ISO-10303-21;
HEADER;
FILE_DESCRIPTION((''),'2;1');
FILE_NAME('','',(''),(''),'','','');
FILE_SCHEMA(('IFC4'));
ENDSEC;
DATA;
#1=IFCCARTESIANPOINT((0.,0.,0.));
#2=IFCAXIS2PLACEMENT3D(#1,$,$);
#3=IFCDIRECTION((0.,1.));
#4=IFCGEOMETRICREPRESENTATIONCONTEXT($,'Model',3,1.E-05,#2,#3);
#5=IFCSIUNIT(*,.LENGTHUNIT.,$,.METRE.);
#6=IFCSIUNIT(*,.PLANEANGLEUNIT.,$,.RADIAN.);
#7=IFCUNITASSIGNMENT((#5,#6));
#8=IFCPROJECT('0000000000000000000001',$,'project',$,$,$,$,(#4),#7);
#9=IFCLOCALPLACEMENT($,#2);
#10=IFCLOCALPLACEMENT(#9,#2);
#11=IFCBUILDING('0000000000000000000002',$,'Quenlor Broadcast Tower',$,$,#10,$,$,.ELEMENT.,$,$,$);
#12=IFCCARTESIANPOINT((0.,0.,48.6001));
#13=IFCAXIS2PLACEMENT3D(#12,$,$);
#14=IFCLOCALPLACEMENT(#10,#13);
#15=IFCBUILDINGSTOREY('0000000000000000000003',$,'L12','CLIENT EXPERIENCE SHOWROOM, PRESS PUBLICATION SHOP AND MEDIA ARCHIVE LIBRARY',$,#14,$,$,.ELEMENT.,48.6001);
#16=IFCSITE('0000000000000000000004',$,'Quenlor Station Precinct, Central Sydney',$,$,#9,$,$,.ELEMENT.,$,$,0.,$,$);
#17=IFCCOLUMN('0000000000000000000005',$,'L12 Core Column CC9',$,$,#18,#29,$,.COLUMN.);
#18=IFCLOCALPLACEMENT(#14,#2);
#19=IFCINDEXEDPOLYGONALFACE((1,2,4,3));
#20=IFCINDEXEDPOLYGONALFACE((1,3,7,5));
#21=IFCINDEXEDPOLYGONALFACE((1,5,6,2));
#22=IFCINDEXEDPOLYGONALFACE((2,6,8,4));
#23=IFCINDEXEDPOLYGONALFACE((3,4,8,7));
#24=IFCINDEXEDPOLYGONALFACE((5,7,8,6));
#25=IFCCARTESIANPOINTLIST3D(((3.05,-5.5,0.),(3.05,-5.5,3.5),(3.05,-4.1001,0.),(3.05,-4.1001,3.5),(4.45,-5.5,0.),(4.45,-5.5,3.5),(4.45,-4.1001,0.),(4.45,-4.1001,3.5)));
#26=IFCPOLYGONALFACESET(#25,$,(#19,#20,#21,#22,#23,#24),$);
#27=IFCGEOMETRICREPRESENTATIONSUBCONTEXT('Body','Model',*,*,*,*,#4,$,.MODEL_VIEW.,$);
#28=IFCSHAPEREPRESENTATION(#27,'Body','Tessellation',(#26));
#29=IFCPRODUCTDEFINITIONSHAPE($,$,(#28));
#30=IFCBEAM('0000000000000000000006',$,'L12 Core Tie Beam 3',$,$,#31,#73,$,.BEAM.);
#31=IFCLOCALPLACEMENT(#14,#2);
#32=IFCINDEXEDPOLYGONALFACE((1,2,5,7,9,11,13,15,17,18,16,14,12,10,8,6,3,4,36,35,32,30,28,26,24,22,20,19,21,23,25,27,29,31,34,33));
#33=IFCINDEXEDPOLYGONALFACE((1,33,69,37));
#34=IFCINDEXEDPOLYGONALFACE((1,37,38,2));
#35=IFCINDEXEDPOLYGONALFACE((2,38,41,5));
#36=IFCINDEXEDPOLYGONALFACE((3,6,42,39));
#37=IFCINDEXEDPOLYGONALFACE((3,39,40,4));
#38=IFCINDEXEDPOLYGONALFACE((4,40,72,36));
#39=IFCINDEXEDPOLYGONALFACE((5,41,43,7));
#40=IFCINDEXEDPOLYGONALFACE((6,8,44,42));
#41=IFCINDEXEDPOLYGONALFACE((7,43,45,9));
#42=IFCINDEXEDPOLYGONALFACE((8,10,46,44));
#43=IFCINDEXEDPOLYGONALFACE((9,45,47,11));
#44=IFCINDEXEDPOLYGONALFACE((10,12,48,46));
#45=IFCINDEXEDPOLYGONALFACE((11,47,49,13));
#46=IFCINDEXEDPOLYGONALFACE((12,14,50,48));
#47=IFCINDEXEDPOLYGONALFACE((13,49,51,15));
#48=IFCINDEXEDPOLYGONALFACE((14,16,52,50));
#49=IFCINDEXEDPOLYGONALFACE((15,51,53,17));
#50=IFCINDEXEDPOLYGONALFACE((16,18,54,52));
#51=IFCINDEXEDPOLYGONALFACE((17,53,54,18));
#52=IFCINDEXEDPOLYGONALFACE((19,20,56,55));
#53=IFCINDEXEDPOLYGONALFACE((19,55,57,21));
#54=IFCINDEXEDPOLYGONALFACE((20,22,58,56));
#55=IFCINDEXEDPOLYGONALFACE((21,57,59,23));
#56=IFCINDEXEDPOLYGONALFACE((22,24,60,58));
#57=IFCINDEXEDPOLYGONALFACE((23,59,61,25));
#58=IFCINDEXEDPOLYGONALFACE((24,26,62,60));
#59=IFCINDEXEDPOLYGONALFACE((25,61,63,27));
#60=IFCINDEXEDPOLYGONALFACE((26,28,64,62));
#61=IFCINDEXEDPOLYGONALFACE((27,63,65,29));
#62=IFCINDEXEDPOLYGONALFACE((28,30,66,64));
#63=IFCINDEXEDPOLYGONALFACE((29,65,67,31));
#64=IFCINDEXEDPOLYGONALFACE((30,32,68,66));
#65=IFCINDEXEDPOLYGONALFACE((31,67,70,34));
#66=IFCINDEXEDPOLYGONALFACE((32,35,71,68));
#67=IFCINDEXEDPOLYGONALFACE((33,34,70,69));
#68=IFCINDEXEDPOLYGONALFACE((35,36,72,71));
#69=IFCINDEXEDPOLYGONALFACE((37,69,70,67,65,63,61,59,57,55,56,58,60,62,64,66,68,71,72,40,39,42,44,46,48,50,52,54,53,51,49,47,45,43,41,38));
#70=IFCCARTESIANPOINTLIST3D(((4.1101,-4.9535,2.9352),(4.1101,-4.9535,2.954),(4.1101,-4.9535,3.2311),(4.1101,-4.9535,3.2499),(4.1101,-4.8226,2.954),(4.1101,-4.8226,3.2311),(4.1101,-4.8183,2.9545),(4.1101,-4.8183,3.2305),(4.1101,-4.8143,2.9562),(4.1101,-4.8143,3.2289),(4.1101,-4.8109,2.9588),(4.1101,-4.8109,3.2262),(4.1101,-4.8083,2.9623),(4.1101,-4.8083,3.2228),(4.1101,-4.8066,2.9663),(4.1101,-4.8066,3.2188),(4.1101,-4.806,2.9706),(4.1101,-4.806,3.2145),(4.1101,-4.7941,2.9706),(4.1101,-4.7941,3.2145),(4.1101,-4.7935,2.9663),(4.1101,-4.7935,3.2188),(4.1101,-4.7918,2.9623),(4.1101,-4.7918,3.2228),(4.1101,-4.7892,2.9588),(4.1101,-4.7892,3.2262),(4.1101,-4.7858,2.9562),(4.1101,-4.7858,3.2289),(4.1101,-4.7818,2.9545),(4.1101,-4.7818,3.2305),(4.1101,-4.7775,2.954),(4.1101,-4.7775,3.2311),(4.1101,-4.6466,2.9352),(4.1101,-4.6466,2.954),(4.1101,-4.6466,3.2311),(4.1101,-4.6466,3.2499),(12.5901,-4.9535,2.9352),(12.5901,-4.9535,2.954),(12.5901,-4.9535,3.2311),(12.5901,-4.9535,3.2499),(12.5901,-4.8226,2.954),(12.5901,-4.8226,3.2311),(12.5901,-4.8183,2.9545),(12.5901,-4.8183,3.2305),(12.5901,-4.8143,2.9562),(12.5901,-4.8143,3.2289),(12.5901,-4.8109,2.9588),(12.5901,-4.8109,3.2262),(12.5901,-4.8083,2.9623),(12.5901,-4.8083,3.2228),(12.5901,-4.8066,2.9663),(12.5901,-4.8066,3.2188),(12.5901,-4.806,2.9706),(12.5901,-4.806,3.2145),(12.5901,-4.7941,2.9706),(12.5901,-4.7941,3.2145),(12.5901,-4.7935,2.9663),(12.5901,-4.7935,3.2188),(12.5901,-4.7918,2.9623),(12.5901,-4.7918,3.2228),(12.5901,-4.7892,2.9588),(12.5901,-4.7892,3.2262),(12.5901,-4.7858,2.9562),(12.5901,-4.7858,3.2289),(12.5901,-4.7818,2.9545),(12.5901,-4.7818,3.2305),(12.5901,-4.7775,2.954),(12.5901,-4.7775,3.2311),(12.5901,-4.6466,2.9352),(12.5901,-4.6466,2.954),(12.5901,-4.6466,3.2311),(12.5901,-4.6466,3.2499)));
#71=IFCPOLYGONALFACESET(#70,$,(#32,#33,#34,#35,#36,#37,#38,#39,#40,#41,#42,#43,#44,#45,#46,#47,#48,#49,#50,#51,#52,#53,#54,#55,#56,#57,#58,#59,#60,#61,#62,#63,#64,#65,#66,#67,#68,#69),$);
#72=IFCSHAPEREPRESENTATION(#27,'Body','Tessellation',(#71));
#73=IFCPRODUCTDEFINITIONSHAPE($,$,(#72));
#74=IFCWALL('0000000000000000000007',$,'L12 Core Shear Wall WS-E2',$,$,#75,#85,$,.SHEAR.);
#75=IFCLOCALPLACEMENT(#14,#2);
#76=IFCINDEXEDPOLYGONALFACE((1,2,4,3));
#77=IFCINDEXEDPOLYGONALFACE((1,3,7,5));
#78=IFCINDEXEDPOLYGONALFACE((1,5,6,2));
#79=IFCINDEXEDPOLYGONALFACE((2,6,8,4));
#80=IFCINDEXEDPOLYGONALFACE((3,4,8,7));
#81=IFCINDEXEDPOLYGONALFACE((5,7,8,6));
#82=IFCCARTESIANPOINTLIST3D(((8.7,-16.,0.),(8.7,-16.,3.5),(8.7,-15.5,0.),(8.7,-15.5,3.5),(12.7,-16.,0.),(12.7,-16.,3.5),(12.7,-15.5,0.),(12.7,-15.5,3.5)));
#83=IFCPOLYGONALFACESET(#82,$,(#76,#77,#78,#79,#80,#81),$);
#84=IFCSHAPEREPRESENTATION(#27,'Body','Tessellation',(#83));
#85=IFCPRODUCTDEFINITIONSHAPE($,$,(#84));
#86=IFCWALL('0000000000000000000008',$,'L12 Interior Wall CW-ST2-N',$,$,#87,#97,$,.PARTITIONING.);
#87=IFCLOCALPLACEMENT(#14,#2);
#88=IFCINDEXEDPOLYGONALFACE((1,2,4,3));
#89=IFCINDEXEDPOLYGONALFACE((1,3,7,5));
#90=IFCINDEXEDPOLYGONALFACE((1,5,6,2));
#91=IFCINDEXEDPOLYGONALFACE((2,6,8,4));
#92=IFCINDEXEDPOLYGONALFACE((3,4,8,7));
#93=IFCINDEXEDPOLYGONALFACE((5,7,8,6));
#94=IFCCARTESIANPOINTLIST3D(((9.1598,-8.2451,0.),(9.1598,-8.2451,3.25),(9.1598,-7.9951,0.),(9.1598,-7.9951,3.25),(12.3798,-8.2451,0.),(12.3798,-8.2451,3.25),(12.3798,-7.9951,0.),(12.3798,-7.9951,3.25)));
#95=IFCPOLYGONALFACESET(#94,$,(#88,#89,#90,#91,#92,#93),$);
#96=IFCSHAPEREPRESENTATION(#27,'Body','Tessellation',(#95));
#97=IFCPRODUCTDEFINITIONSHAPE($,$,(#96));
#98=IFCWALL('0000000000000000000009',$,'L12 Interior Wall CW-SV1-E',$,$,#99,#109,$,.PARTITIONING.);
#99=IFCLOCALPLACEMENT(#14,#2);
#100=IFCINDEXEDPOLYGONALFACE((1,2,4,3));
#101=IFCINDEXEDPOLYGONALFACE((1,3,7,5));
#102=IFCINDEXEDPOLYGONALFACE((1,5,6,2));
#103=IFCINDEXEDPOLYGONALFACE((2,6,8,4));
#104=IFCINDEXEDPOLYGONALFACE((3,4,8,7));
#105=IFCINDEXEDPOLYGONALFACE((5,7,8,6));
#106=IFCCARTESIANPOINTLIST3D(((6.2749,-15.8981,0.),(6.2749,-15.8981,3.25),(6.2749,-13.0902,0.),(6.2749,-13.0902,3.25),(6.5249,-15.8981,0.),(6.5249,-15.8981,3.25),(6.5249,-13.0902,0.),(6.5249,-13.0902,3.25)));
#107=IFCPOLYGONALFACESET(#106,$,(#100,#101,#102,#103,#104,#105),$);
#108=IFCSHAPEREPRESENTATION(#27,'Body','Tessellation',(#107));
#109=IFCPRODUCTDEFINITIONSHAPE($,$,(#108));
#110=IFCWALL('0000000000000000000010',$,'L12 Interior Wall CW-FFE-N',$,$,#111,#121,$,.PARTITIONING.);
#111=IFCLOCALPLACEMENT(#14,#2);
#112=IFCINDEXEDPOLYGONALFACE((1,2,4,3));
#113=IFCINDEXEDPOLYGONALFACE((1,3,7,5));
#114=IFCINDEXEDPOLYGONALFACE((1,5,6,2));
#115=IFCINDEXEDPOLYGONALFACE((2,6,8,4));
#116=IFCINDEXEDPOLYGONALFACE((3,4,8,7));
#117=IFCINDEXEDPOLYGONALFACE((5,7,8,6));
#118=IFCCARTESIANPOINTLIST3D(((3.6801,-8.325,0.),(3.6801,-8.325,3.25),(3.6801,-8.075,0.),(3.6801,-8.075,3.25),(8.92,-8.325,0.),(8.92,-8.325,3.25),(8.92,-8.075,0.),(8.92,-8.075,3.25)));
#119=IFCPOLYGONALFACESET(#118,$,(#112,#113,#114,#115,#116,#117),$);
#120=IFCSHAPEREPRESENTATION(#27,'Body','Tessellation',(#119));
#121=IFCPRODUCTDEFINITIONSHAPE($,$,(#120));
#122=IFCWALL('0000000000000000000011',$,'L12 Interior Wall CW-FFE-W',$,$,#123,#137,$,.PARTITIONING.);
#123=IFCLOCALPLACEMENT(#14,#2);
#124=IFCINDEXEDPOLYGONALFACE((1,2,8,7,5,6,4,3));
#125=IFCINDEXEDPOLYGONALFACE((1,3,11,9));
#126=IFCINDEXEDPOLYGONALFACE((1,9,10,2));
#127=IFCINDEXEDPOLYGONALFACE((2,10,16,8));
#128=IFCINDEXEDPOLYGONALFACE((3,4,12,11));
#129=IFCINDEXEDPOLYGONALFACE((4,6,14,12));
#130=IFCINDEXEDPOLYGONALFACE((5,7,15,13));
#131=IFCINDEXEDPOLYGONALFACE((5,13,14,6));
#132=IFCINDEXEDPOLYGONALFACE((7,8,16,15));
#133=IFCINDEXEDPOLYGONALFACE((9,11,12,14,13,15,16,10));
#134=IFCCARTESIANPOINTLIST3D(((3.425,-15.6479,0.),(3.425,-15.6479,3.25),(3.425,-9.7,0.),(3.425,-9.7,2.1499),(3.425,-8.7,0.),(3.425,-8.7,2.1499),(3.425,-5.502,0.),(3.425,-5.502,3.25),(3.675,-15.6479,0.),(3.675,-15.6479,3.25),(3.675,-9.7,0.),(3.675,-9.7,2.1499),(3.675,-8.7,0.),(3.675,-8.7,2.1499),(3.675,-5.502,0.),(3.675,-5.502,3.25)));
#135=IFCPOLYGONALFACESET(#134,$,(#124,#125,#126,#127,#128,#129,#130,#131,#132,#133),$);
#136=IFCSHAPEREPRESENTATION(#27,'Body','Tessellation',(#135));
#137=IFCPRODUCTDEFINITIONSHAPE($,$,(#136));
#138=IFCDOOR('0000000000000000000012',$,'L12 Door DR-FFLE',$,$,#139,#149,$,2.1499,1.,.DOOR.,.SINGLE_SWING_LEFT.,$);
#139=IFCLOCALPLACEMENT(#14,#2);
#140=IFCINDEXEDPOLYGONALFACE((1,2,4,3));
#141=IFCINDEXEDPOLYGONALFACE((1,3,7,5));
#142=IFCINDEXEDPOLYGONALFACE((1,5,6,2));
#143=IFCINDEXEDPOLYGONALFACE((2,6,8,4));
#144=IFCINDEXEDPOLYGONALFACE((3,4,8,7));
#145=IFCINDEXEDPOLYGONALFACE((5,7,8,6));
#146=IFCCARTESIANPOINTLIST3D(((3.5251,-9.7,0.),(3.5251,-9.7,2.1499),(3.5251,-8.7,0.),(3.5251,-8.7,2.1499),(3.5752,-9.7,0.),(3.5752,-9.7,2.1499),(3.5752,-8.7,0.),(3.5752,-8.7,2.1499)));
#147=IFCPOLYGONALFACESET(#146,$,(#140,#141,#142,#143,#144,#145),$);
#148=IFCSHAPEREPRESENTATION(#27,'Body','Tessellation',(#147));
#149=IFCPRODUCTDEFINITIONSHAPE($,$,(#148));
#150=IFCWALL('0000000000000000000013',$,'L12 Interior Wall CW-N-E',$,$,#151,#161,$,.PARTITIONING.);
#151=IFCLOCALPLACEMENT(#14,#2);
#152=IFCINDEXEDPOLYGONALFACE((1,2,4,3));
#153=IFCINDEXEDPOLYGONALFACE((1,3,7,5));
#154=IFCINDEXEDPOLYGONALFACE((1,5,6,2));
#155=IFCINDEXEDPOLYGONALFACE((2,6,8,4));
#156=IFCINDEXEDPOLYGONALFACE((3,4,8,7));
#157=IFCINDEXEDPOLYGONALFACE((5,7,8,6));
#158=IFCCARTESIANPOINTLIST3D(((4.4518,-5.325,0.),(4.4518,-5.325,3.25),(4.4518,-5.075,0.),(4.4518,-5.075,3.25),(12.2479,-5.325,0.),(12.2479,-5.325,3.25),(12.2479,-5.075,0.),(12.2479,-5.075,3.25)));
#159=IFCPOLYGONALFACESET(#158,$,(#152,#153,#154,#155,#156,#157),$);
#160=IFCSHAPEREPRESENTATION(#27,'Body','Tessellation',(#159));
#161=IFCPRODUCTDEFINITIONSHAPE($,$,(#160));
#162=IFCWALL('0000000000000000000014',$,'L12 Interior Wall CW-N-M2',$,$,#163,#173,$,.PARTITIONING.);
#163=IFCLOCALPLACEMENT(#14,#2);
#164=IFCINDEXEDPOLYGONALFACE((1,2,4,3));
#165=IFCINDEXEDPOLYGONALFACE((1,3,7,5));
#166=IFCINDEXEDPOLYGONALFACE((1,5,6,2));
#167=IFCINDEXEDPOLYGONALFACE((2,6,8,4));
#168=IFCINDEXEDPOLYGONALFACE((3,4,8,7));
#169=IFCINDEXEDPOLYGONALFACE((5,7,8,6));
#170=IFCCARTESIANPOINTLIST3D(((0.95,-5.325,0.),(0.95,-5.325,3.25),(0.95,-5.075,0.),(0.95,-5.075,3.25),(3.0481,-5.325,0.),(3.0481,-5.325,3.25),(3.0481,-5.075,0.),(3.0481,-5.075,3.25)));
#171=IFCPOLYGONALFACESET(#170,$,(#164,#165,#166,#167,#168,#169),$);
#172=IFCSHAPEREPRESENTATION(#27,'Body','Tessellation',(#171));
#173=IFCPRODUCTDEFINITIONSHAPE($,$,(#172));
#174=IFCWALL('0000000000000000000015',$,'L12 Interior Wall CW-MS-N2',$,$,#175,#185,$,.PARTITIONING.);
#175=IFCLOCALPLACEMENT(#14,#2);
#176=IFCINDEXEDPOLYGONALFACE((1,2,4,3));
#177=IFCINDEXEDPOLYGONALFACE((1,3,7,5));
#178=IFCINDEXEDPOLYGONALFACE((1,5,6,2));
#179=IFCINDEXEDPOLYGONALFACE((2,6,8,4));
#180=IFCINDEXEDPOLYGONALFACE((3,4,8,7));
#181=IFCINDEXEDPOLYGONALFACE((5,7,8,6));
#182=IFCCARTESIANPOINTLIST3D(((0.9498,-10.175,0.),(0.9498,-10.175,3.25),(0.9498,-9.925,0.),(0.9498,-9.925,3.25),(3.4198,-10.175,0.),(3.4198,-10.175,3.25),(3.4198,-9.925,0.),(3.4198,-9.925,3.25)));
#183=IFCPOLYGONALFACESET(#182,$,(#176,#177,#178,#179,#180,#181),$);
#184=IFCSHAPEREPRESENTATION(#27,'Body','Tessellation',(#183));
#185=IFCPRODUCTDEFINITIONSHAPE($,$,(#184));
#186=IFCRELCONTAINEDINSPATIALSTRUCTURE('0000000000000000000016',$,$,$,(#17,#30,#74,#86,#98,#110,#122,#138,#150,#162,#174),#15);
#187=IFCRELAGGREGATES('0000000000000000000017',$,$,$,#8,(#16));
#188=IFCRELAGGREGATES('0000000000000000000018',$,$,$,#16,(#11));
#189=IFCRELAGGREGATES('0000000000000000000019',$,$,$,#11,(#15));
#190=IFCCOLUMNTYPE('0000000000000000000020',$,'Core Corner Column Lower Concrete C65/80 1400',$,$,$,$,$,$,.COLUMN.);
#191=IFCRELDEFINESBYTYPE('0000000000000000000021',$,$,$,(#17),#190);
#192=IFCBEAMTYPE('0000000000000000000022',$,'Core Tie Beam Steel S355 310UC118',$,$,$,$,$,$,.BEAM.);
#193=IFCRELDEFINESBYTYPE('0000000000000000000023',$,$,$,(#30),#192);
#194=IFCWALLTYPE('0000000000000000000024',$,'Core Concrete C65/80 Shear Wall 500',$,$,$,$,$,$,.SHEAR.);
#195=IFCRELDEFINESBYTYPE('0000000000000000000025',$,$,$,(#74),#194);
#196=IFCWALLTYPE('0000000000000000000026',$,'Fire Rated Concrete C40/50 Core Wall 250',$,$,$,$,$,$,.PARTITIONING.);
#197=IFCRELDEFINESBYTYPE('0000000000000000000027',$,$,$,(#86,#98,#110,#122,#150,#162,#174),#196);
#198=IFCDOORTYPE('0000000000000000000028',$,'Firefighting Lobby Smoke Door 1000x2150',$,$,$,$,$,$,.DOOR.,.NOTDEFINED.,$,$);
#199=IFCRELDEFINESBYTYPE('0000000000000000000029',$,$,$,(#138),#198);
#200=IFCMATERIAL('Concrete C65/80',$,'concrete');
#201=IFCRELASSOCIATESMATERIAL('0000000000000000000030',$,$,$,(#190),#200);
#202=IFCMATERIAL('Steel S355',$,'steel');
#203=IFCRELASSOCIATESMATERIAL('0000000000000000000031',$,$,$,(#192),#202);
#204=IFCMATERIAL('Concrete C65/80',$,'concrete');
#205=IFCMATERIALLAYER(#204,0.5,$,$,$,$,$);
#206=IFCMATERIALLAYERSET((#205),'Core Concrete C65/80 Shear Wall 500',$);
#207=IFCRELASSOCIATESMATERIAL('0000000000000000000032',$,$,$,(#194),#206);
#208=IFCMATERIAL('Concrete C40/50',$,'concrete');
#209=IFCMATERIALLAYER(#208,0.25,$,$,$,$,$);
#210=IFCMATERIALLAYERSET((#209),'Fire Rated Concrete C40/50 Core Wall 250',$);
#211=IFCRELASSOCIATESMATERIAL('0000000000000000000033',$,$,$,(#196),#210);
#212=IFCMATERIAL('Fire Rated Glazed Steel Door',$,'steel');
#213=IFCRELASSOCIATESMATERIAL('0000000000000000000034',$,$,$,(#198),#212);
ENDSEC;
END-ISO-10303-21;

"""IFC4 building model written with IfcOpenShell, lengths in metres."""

from ifc_helpers import new_model, si_unit, direction, frame, frame_2d, origin, origin_2d, place, context, subcontext, project, spatial, rectangle, i_section, extrude, material, layer, layer_set, material_profile, profile_set, type_object, element, fill, save


model = new_model("IFC4")

# Units and contexts
model_context = context("Model", 3, precision=1e-05, world=origin(), true_north=direction((0.0, 1.0)))
body_context = subcontext(model_context, "Body", "Model", "MODEL_VIEW")
ifc_project = project(units=[si_unit("LENGTHUNIT", "METRE"), si_unit("PLANEANGLEUNIT", "RADIAN")], contexts=[model_context])

# Site, building, storey
site_placement = place(None, origin())
site = spatial("IfcSite", under=ifc_project, at=site_placement, Name="Quenlor Station Precinct, Central Sydney", CompositionType="ELEMENT", RefElevation=0.0)
building_placement = place(site_placement, origin())
building = spatial("IfcBuilding", under=site, at=building_placement, Name="Quenlor Broadcast Tower", CompositionType="ELEMENT")
storey_placement = place(building_placement, frame((0.0, 0.0, 48.6001)))
storey = spatial("IfcBuildingStorey", under=building, at=storey_placement, Name="L12", Description="CLIENT EXPERIENCE SHOWROOM, PRESS PUBLICATION SHOP AND MEDIA ARCHIVE LIBRARY", CompositionType="ELEMENT", Elevation=48.6001)

# Column
ifc_material_1 = material(Name="Concrete C65/80", Category="concrete")
ifc_material_profile_1 = material_profile(ifc_material_1, rectangle(XDim=1.3999, YDim=1.3999, at=origin_2d()))
ifc_profile_set_1 = profile_set([ifc_material_profile_1], Name="Concrete C65/80 RC1400x1400")
column_type = type_object("IfcColumnType", Name="Core Corner Column Lower Concrete C65/80 1400", PredefinedType="COLUMN", material=ifc_profile_set_1)
column_placement = place(storey_placement, frame((3.75, -4.8, 0.0), z_axis=(0.0, 0.0, 1.0), x_axis=(1.0, 0.0, 0.0)))
element("IfcColumn", 1, at=column_placement, inside=storey, type_object=column_type, Name="L12 Core Column CC9", PredefinedType="COLUMN", context=body_context, shape_type="SweptSolid", body=[
    extrude(rectangle(XDim=1.3999, YDim=1.3999, at=origin_2d()), origin(), (0.0, 0.0, 1.0), 3.5),
])

# Beam
ifc_material_2 = material(Name="Steel S355", Category="steel")
ifc_material_profile_2 = material_profile(ifc_material_2, i_section(OverallWidth=0.3069, OverallDepth=0.3147, WebThickness=0.012, FlangeThickness=0.0188, FilletRadius=0.0166, at=origin_2d()))
ifc_profile_set_2 = profile_set([ifc_material_profile_2], Name="Steel S355 310UC118")
beam_type = type_object("IfcBeamType", Name="Core Tie Beam Steel S355 310UC118", PredefinedType="BEAM", material=ifc_profile_set_2)
beam_placement = place(storey_placement, frame((4.1101, -4.8, 3.0925), z_axis=(1.0, 0.0, 0.0), x_axis=(0.0, 1.0, 0.0)))
element("IfcBeam", 2, at=beam_placement, inside=storey, type_object=beam_type, Name="L12 Core Tie Beam 3", PredefinedType="BEAM", context=body_context, shape_type="SweptSolid", body=[
    extrude(i_section(OverallWidth=0.3069, OverallDepth=0.3147, WebThickness=0.012, FlangeThickness=0.0188, FilletRadius=0.0166, at=origin_2d()), origin(), (0.0, 0.0, 1.0), 8.48),
])

# Wall
ifc_material_3 = material(Name="Concrete C65/80", Category="concrete")
ifc_layer_1 = layer(ifc_material_3, 0.5)
ifc_layer_set_1 = layer_set([ifc_layer_1], Name="Core Concrete C65/80 Shear Wall 500")
wall_type_1 = type_object("IfcWallType", Name="Core Concrete C65/80 Shear Wall 500", PredefinedType="SHEAR", material=ifc_layer_set_1)
wall_1_placement = place(storey_placement, frame((8.7, -15.75, 0.0), z_axis=(0.0, 0.0, 1.0), x_axis=(1.0, 0.0, 0.0)))
element("IfcWall", 3, at=wall_1_placement, inside=storey, type_object=wall_type_1, Name="L12 Core Shear Wall WS-E2", PredefinedType="SHEAR", context=body_context, shape_type="SweptSolid", body=[
    extrude(rectangle(XDim=4.0, YDim=0.5, at=frame_2d((2.0, 0.0))), origin(), (0.0, 0.0, 1.0), 3.5),
])

# Shared definitions
ifc_material_4 = material(Name="Concrete C40/50", Category="concrete")
ifc_layer_2 = layer(ifc_material_4, 0.25)
ifc_layer_set_2 = layer_set([ifc_layer_2], Name="Fire Rated Concrete C40/50 Core Wall 250")
wall_type_2 = type_object("IfcWallType", Name="Fire Rated Concrete C40/50 Core Wall 250", PredefinedType="PARTITIONING", material=ifc_layer_set_2)

# Wall
wall_2_placement = place(storey_placement, frame((9.1599, -8.1201, 0.0), z_axis=(0.0, 0.0, 1.0), x_axis=(1.0, 0.0, 0.0)))
element("IfcWall", 4, at=wall_2_placement, inside=storey, type_object=wall_type_2, Name="L12 Interior Wall CW-ST2-N", PredefinedType="PARTITIONING", context=body_context, shape_type="SweptSolid", body=[
    extrude(rectangle(XDim=3.22, YDim=0.25, at=frame_2d((1.6099, 0.0))), origin(), (0.0, 0.0, 1.0), 3.25),
])

# Walls
wall_3_placement = place(storey_placement, frame((6.3999, -15.8979, 0.0), z_axis=(0.0, 0.0, 1.0), x_axis=(0.0, 1.0, 0.0)))
element("IfcWall", 5, at=wall_3_placement, inside=storey, type_object=wall_type_2, Name="L12 Interior Wall CW-SV1-E", PredefinedType="PARTITIONING", context=body_context, shape_type="SweptSolid", body=[
    extrude(rectangle(XDim=2.8079, YDim=0.25, at=frame_2d((1.4038, 0.0))), origin(), (0.0, 0.0, 1.0), 3.25),
])
wall_4_placement = place(storey_placement, frame((3.6799, -8.2, 0.0), z_axis=(0.0, 0.0, 1.0), x_axis=(1.0, 0.0, 0.0)))
element("IfcWall", 6, at=wall_4_placement, inside=storey, type_object=wall_type_2, Name="L12 Interior Wall CW-FFE-N", PredefinedType="PARTITIONING", context=body_context, shape_type="SweptSolid", body=[
    extrude(rectangle(XDim=5.24, YDim=0.25, at=frame_2d((2.6201, 0.0))), origin(), (0.0, 0.0, 1.0), 3.25),
])

# Wall, opening, door
wall_5_placement = place(storey_placement, frame((3.55, -15.6479, 0.0), z_axis=(0.0, 0.0, 1.0), x_axis=(0.0, 1.0, 0.0)))
wall_5 = element("IfcWall", 7, at=wall_5_placement, inside=storey, type_object=wall_type_2, Name="L12 Interior Wall CW-FFE-W", PredefinedType="PARTITIONING", context=body_context, shape_type="SweptSolid", body=[
    extrude(rectangle(XDim=10.146, YDim=0.25, at=frame_2d((5.073, 0.0))), origin(), (0.0, 0.0, 1.0), 3.25),
])
opening_1_placement = place(wall_5_placement, frame((5.948, 0.0, 0.0)))
opening_1 = element("IfcOpeningElement", 8, at=opening_1_placement, cuts=wall_5, PredefinedType="OPENING", context=body_context, shape_type="SweptSolid", body=[
    extrude(rectangle(XDim=1.0, YDim=2.1499, at=frame_2d((0.5, 1.075))), frame((0.0, 0.135, 0.0), z_axis=(0.0, -1.0, 0.0), x_axis=(1.0, 0.0, 0.0)), (0.0, 0.0, 1.0), 0.27),
])
ifc_material_5 = material(Name="Fire Rated Glazed Steel Door", Category="steel")
door_type_1 = type_object("IfcDoorType", Name="Firefighting Lobby Smoke Door 1000x2150", OperationType="NOTDEFINED", PredefinedType="DOOR", material=ifc_material_5)
door_1_placement = place(opening_1_placement, origin())
door_1 = element("IfcDoor", 9, at=door_1_placement, inside=storey, type_object=door_type_1, Name="L12 Door DR-FFLE", OperationType="SINGLE_SWING_LEFT", OverallHeight=2.1499, OverallWidth=1.0, PredefinedType="DOOR", context=body_context, shape_type="SweptSolid", body=[
    extrude(rectangle(XDim=1.0, YDim=2.1499, at=frame_2d((0.5, 1.075))), frame((0.0, 0.0249, 0.0), z_axis=(0.0, -1.0, 0.0), x_axis=(1.0, 0.0, 0.0)), (0.0, 0.0, 1.0), 0.05),
])
fill(opening_1, door_1)

# Walls
wall_6_placement = place(storey_placement, frame((4.4519, -5.2, 0.0), z_axis=(0.0, 0.0, 1.0), x_axis=(1.0, 0.0, 0.0)))
element("IfcWall", 10, at=wall_6_placement, inside=storey, type_object=wall_type_2, Name="L12 Interior Wall CW-N-E", PredefinedType="PARTITIONING", context=body_context, shape_type="SweptSolid", body=[
    extrude(rectangle(XDim=7.7961, YDim=0.25, at=frame_2d((3.8979, 0.0))), origin(), (0.0, 0.0, 1.0), 3.25),
])
wall_7_placement = place(storey_placement, frame((0.95, -5.2, 0.0), z_axis=(0.0, 0.0, 1.0), x_axis=(1.0, 0.0, 0.0)))
element("IfcWall", 11, at=wall_7_placement, inside=storey, type_object=wall_type_2, Name="L12 Interior Wall CW-N-M2", PredefinedType="PARTITIONING", context=body_context, shape_type="SweptSolid", body=[
    extrude(rectangle(XDim=2.0981, YDim=0.25, at=frame_2d((1.0491, 0.0))), origin(), (0.0, 0.0, 1.0), 3.25),
])
wall_8_placement = place(storey_placement, frame((0.95, -10.05, 0.0), z_axis=(0.0, 0.0, 1.0), x_axis=(1.0, 0.0, 0.0)))
element("IfcWall", 12, at=wall_8_placement, inside=storey, type_object=wall_type_2, Name="L12 Interior Wall CW-MS-N2", PredefinedType="PARTITIONING", context=body_context, shape_type="SweptSolid", body=[
    extrude(rectangle(XDim=2.47, YDim=0.25, at=frame_2d((1.2349, 0.0))), origin(), (0.0, 0.0, 1.0), 3.25),
])

save(model, "model.ifc")
